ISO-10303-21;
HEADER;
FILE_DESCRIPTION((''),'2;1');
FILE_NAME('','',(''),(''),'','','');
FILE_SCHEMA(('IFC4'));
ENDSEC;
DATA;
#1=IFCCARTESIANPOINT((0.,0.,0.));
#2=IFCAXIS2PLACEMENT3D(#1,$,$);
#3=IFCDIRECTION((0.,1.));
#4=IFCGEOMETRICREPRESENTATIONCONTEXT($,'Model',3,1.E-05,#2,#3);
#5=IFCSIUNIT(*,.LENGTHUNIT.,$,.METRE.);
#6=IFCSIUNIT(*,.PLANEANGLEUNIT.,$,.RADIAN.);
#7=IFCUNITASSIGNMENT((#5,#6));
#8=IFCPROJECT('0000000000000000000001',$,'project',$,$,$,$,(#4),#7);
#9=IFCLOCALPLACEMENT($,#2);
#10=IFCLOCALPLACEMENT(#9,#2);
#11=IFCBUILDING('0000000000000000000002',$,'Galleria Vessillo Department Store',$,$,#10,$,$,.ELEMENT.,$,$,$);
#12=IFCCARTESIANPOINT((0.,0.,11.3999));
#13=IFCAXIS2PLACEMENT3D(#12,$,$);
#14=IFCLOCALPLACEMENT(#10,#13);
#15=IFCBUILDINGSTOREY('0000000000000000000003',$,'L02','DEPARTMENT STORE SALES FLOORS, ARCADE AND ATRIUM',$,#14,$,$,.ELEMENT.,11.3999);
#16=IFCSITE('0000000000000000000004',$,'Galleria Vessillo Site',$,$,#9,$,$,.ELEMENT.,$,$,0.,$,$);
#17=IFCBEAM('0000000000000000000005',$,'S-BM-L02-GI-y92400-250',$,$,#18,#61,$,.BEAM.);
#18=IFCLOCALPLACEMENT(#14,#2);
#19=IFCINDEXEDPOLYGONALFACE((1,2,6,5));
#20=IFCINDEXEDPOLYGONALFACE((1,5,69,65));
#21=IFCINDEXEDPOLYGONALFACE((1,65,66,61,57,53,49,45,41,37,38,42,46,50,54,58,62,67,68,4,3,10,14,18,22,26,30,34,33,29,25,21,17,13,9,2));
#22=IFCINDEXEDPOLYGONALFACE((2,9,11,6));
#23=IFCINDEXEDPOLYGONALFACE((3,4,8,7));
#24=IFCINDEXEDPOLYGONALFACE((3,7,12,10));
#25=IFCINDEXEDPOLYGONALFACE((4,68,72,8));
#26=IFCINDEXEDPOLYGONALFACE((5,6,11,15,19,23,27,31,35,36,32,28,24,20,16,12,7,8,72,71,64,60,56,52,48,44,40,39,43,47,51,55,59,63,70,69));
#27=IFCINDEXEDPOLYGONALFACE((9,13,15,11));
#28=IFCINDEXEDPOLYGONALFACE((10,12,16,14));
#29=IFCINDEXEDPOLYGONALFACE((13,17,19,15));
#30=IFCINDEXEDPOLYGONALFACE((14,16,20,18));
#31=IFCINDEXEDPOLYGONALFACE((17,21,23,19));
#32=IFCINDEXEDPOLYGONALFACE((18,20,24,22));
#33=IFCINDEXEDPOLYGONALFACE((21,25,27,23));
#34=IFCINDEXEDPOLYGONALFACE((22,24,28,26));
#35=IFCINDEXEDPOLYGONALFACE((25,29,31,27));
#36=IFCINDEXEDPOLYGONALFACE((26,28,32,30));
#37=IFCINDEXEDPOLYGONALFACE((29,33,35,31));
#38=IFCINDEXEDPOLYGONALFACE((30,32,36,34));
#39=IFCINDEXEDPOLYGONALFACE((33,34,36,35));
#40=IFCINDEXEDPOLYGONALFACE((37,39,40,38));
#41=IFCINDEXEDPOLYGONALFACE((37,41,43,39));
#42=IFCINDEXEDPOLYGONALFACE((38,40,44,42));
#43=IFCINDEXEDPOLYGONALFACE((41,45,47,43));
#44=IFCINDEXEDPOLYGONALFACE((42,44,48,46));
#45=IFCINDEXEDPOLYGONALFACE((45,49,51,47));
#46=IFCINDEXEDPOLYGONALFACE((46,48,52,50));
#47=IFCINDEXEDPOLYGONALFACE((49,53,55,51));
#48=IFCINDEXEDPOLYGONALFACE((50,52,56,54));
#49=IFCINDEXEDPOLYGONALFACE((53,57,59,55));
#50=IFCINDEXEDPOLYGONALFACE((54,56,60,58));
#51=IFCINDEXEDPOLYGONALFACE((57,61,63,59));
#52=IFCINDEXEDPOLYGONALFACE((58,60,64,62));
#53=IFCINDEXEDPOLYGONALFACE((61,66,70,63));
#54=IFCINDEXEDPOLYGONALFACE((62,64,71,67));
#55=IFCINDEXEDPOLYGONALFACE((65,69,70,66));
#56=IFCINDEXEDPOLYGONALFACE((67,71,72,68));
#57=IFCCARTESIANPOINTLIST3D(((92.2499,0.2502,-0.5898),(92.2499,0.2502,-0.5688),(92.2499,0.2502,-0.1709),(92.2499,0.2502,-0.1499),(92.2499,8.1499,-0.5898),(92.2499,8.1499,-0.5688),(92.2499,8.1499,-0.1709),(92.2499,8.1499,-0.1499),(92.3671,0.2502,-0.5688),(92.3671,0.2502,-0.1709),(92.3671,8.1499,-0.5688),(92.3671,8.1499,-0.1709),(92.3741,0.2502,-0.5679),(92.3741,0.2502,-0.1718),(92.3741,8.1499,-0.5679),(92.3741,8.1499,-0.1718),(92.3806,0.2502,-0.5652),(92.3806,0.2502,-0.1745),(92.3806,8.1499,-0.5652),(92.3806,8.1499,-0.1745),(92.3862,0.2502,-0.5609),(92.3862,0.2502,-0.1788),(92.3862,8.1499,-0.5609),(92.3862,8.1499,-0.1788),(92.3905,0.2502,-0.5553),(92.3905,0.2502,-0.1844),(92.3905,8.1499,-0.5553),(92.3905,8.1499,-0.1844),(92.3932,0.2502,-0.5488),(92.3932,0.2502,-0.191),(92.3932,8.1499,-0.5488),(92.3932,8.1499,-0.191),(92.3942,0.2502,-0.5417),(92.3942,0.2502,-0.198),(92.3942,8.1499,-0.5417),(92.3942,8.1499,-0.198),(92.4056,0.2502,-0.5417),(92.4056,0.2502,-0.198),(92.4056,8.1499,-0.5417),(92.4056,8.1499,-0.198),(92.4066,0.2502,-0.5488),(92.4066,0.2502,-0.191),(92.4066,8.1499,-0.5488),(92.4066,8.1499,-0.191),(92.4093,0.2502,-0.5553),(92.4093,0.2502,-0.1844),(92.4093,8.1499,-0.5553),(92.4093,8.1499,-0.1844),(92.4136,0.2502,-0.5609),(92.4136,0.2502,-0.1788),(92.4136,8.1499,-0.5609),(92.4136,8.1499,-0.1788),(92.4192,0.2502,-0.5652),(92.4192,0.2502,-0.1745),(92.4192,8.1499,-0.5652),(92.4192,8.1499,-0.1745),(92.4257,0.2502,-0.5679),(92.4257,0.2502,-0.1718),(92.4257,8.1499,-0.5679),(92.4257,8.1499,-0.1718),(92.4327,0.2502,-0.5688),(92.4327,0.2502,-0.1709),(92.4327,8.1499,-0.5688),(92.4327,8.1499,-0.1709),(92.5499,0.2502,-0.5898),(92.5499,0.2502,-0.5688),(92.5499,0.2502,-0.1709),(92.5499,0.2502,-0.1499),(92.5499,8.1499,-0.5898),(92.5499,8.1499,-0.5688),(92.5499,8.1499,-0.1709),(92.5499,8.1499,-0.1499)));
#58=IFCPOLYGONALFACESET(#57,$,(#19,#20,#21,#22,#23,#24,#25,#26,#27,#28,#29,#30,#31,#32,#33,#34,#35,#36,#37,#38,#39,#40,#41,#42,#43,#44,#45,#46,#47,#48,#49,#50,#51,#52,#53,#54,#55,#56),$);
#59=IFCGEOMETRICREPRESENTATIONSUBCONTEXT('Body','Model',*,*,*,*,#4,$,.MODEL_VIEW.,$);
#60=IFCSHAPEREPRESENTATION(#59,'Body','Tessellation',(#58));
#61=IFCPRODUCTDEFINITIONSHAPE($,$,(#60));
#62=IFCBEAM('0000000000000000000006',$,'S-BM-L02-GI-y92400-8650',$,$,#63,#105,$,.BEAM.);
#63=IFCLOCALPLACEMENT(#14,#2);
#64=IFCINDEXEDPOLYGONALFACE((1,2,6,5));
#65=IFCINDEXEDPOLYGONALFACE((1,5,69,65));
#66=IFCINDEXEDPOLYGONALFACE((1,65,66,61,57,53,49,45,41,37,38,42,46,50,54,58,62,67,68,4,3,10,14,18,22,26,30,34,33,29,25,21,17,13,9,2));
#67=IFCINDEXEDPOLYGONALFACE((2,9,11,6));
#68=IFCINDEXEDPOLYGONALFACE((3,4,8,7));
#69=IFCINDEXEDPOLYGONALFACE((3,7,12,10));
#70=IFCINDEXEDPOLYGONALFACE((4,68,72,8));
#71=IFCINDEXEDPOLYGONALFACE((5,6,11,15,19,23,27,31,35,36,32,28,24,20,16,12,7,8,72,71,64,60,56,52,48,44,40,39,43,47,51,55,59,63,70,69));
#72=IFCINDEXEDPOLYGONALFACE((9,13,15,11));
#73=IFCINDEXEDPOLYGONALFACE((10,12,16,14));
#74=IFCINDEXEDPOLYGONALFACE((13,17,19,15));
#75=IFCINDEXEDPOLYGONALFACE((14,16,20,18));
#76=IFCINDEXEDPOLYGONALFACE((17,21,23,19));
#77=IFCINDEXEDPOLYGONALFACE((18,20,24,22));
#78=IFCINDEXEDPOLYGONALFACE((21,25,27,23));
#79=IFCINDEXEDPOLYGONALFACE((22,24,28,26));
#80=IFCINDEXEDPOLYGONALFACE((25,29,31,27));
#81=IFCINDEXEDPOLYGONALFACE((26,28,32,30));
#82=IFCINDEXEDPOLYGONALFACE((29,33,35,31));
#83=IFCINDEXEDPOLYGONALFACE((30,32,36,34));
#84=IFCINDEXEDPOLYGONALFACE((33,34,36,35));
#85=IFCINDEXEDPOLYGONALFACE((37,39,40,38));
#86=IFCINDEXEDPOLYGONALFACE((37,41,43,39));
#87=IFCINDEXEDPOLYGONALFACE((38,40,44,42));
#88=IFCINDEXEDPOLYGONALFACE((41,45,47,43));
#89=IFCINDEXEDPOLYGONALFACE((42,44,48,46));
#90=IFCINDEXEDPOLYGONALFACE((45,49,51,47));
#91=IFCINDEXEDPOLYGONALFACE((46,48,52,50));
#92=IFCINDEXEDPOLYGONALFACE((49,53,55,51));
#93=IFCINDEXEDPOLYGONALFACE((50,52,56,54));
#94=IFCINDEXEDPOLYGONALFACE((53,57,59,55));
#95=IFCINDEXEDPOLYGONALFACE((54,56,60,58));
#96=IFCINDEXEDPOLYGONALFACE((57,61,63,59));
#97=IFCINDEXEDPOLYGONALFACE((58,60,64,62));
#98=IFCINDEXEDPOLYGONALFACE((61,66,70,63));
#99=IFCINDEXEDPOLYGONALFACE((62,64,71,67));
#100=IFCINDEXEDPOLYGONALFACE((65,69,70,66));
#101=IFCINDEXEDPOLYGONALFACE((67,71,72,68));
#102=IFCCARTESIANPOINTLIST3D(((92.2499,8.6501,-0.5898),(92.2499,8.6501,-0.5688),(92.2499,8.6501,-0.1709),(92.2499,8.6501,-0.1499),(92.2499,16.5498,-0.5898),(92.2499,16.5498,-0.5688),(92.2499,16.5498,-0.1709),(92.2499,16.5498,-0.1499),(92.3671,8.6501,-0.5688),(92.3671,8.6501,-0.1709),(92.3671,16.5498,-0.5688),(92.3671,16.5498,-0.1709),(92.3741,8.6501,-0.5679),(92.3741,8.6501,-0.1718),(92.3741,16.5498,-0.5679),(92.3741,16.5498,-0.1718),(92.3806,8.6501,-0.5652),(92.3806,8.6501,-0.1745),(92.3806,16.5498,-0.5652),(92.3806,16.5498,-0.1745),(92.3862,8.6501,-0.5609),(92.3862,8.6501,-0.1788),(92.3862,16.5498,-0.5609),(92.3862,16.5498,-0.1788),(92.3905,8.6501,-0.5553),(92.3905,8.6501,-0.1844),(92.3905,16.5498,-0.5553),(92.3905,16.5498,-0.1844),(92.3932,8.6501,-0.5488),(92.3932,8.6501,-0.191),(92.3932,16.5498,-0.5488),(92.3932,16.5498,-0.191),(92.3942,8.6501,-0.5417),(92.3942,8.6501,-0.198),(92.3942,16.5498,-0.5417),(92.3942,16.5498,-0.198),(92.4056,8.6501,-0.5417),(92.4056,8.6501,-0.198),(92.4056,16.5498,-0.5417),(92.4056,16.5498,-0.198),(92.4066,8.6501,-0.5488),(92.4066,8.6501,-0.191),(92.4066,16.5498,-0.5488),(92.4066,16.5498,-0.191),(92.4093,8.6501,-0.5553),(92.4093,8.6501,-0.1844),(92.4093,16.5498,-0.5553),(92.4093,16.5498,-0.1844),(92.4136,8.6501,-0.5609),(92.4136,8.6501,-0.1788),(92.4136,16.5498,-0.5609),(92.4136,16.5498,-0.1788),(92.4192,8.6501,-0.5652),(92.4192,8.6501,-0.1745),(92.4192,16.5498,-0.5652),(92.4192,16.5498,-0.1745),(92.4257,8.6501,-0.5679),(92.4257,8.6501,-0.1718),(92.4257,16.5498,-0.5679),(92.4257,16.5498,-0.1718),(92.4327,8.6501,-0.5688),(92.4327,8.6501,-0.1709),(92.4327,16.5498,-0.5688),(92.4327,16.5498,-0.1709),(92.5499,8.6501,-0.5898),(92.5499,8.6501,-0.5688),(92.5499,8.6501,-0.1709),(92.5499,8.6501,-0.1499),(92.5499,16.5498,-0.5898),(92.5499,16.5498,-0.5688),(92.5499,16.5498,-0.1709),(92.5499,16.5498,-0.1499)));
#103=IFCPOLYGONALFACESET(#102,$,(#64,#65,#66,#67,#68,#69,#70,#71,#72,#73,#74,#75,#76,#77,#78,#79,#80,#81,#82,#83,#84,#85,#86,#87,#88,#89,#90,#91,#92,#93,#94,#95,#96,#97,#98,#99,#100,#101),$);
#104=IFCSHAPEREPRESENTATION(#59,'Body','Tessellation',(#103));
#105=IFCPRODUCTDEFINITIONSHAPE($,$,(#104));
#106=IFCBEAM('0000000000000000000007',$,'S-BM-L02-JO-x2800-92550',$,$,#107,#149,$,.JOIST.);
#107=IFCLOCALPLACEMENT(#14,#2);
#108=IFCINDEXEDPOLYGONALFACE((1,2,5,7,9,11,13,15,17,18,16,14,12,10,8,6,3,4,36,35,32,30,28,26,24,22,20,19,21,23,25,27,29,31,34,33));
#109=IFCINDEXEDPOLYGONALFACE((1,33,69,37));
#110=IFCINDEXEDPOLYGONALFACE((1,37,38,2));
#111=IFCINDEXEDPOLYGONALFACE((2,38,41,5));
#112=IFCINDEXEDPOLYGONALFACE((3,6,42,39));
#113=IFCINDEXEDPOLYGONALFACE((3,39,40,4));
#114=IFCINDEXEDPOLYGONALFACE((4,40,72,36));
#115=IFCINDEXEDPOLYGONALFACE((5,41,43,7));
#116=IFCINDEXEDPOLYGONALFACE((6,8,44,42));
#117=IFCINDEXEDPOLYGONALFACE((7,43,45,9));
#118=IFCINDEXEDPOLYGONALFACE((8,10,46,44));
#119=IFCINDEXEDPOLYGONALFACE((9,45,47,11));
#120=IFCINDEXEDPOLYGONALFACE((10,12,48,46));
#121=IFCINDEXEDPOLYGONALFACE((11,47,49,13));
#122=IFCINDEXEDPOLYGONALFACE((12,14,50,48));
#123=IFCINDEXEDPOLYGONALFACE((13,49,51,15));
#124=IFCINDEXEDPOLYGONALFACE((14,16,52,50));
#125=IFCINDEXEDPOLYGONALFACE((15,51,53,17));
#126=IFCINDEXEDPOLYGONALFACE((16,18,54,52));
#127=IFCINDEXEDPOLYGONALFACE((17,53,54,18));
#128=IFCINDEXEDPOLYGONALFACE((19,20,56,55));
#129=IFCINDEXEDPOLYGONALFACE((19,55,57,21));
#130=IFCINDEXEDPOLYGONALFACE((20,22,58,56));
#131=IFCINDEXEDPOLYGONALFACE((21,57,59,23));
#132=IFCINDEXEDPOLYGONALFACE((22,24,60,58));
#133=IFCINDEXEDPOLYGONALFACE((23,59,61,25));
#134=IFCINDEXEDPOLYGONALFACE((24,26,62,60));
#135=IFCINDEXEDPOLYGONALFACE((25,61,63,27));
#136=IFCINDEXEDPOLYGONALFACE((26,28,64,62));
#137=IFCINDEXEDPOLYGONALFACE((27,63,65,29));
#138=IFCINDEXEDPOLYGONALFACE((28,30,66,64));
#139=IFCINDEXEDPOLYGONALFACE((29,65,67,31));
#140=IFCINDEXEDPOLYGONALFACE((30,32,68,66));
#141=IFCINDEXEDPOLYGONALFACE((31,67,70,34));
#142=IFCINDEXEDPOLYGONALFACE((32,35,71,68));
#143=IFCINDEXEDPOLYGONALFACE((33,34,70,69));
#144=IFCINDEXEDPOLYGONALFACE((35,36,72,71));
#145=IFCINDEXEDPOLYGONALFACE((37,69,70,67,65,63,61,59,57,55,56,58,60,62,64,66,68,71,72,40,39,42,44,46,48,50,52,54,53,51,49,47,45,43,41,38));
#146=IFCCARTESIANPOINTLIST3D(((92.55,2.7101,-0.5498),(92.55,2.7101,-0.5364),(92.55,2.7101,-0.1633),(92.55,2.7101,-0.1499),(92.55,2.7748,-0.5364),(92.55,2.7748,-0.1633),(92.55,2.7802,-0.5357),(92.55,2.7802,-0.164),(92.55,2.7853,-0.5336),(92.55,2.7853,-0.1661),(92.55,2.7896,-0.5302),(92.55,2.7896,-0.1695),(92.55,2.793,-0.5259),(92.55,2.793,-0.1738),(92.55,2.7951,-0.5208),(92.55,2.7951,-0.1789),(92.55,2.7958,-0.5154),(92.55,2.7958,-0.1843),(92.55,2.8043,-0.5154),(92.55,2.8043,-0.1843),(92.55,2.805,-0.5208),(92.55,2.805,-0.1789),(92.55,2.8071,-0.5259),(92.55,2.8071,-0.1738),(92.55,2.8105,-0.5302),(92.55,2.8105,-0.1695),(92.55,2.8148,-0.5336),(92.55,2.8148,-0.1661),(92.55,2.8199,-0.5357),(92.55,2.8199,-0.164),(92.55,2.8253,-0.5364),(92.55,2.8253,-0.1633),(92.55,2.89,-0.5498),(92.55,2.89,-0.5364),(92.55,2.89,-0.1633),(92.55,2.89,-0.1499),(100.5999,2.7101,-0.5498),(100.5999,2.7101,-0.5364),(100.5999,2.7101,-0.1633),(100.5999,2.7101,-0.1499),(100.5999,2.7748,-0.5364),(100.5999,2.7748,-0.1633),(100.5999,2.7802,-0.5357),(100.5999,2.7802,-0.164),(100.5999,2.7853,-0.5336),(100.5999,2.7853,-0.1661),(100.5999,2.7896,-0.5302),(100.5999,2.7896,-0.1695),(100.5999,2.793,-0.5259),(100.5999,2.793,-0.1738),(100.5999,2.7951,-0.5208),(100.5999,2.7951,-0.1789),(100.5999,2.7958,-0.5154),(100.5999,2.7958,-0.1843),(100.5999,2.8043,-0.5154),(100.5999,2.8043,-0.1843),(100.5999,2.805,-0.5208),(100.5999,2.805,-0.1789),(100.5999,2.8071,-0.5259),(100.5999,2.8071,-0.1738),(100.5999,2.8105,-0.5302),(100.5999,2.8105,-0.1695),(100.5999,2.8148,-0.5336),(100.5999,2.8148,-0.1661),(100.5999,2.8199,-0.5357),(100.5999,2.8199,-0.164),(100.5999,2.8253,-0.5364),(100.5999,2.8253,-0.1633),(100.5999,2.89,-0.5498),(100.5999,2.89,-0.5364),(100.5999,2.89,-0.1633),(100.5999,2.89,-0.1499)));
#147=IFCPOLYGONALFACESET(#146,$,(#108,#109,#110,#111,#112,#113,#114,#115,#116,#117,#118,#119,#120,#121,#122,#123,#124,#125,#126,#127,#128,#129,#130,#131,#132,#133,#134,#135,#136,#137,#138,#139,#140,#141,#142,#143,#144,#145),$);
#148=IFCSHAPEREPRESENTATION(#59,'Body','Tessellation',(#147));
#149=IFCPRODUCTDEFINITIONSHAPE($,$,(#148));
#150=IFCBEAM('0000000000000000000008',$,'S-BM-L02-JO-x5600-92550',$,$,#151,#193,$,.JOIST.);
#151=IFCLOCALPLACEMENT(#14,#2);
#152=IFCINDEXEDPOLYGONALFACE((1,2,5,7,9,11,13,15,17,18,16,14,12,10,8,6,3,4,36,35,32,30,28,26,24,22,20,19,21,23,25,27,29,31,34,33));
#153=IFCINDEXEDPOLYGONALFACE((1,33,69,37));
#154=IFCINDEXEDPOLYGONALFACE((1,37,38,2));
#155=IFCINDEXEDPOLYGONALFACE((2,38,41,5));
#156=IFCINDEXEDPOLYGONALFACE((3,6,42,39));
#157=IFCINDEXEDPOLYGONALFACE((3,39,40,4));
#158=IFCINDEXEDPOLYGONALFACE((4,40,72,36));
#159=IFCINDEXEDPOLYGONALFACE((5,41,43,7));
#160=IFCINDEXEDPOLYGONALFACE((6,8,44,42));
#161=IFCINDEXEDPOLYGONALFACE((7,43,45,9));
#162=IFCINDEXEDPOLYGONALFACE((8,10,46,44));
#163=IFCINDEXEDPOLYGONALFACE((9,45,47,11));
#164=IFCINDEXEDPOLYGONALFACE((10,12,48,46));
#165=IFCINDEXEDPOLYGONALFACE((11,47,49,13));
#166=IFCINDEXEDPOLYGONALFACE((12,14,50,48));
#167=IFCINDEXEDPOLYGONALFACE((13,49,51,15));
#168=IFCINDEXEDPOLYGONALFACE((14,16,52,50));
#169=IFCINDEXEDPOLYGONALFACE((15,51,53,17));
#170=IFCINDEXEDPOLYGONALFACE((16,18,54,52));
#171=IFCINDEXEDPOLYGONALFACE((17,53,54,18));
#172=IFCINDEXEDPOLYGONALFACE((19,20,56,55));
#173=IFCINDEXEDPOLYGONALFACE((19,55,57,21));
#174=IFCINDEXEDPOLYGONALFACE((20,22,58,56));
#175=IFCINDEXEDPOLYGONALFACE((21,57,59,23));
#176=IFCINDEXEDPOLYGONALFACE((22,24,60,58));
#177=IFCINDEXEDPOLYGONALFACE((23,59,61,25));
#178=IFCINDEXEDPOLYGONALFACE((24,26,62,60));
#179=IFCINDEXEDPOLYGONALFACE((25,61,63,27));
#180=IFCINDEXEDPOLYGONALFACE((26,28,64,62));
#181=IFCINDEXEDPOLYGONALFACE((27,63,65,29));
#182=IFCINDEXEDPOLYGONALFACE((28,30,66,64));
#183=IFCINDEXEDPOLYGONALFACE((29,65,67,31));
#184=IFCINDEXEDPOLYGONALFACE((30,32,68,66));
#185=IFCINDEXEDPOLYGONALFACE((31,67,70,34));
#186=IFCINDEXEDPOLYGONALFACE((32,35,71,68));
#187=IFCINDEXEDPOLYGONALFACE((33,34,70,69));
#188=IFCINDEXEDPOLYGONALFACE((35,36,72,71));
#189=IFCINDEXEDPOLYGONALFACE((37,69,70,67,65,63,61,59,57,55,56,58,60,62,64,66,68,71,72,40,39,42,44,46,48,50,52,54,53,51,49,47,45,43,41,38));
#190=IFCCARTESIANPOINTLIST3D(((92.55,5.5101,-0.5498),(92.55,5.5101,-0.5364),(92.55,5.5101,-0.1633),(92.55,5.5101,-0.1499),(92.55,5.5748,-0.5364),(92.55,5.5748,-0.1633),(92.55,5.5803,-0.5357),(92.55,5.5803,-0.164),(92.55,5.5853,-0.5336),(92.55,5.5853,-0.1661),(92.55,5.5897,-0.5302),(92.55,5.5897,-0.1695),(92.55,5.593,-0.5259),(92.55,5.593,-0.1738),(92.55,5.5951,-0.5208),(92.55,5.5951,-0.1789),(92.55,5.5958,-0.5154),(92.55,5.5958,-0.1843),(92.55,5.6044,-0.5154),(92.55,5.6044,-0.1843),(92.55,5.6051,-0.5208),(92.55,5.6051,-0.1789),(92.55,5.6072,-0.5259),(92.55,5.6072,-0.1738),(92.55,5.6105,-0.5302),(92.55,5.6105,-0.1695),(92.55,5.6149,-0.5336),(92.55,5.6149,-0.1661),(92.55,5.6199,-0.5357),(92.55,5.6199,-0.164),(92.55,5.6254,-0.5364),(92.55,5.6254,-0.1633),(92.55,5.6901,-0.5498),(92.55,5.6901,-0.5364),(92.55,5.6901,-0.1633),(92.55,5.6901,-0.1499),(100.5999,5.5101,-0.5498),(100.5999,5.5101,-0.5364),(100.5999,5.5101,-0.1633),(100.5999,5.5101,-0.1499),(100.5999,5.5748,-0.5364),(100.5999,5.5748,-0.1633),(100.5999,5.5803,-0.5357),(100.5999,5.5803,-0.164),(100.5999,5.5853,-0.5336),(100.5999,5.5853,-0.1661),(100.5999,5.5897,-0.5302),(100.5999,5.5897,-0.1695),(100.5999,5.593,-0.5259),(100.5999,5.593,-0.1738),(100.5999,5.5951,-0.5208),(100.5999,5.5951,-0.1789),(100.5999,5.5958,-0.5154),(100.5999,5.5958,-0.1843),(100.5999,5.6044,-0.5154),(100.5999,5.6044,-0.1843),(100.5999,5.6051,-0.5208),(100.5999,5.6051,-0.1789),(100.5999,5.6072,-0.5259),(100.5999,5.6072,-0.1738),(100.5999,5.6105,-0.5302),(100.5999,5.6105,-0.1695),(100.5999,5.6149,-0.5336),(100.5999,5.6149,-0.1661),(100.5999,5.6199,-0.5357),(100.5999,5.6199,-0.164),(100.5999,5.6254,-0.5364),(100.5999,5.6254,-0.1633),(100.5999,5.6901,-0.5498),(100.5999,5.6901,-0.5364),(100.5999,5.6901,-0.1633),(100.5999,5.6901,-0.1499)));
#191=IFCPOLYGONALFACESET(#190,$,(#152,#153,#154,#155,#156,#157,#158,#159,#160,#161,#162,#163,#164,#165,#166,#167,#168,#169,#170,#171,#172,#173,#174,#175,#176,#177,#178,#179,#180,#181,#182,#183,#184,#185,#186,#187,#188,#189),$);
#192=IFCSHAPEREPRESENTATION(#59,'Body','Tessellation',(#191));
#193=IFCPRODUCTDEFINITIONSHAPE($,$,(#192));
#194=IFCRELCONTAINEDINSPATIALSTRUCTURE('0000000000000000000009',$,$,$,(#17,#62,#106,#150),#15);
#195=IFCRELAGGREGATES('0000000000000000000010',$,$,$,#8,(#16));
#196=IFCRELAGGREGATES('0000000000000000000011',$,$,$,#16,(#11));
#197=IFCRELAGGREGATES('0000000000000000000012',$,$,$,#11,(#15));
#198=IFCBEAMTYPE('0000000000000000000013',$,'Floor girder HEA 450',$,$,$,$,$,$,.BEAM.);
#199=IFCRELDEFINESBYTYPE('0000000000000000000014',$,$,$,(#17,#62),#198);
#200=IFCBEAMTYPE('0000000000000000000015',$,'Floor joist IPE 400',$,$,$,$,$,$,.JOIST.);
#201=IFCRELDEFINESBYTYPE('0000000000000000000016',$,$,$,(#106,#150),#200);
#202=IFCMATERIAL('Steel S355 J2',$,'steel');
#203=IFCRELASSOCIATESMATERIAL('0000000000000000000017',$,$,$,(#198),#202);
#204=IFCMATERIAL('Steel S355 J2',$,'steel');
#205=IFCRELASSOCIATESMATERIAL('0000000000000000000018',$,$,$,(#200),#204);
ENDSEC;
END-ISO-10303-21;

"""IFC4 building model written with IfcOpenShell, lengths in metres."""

from ifc_helpers import new_model, si_unit, direction, frame, origin, origin_2d, place, context, subcontext, project, spatial, i_section, extrude, material, material_profile, profile_set, type_object, element, save


model = new_model("IFC4")

# Units and contexts
model_context = context("Model", 3, precision=1e-05, world=origin(), true_north=direction((0.0, 1.0)))
body_context = subcontext(model_context, "Body", "Model", "MODEL_VIEW")
ifc_project = project(units=[si_unit("LENGTHUNIT", "METRE"), si_unit("PLANEANGLEUNIT", "RADIAN")], contexts=[model_context])

# Site, building, storey
site_placement = place(None, origin())
site = spatial("IfcSite", under=ifc_project, at=site_placement, Name="Galleria Vessillo Site", CompositionType="ELEMENT", RefElevation=0.0)
building_placement = place(site_placement, origin())
building = spatial("IfcBuilding", under=site, at=building_placement, Name="Galleria Vessillo Department Store", CompositionType="ELEMENT")
storey_placement = place(building_placement, frame((0.0, 0.0, 11.3999)))
storey = spatial("IfcBuildingStorey", under=building, at=storey_placement, Name="L02", Description="DEPARTMENT STORE SALES FLOORS, ARCADE AND ATRIUM", CompositionType="ELEMENT", Elevation=11.3999)

# Beams
ifc_material_1 = material(Name="Steel S355 J2", Category="steel")
ifc_material_profile_1 = material_profile(ifc_material_1, i_section(OverallWidth=0.3, OverallDepth=0.4399, WebThickness=0.0115, FlangeThickness=0.021, FilletRadius=0.0271, at=origin_2d()), Name="HEA 450")
ifc_profile_set_1 = profile_set([ifc_material_profile_1], Name="Steel S355 J2")
beam_type_1 = type_object("IfcBeamType", Name="Floor girder HEA 450", PredefinedType="BEAM", material=ifc_profile_set_1)
for number, where, z_axis, x_axis, name in (
    (1, (92.3999, 0.2502, -0.3699), (0.0, 1.0, 0.0), (-1.0, 0.0, 0.0), "S-BM-L02-GI-y92400-250"),
    (2, (92.3999, 8.6501, -0.3699), (0.0, 1.0, 0.0), (-1.0, 0.0, 0.0), "S-BM-L02-GI-y92400-8650"),
):
    element("IfcBeam", number, at=place(storey_placement, frame(where, z_axis=z_axis, x_axis=x_axis)), inside=storey, type_object=beam_type_1, Name=name, PredefinedType="BEAM", context=body_context, shape_type="SweptSolid", body=[
        extrude(i_section(OverallWidth=0.3, OverallDepth=0.4399, WebThickness=0.0115, FlangeThickness=0.021, FilletRadius=0.0271, at=origin_2d()), origin(), (0.0, 0.0, 1.0), 7.8997),
    ])
ifc_material_2 = material(Name="Steel S355 J2", Category="steel")
ifc_material_profile_2 = material_profile(ifc_material_2, i_section(OverallWidth=0.1799, OverallDepth=0.3999, WebThickness=0.0085, FlangeThickness=0.0134, FilletRadius=0.021, at=origin_2d()), Name="IPE 400")
ifc_profile_set_2 = profile_set([ifc_material_profile_2], Name="Steel S355 J2")
beam_type_2 = type_object("IfcBeamType", Name="Floor joist IPE 400", PredefinedType="JOIST", material=ifc_profile_set_2)
for number, where, z_axis, x_axis, name in (
    (3, (92.55, 2.8, -0.3499), (1.0, 0.0, 0.0), (0.0, 1.0, 0.0), "S-BM-L02-JO-x2800-92550"),
    (4, (92.55, 5.6001, -0.3499), (1.0, 0.0, 0.0), (0.0, 1.0, 0.0), "S-BM-L02-JO-x5600-92550"),
):
    element("IfcBeam", number, at=place(storey_placement, frame(where, z_axis=z_axis, x_axis=x_axis)), inside=storey, type_object=beam_type_2, Name=name, PredefinedType="JOIST", context=body_context, shape_type="SweptSolid", body=[
        extrude(i_section(OverallWidth=0.1799, OverallDepth=0.3999, WebThickness=0.0085, FlangeThickness=0.0134, FilletRadius=0.021, at=origin_2d()), origin(), (0.0, 0.0, 1.0), 8.0498),
    ])

save(model, "model.ifc")
